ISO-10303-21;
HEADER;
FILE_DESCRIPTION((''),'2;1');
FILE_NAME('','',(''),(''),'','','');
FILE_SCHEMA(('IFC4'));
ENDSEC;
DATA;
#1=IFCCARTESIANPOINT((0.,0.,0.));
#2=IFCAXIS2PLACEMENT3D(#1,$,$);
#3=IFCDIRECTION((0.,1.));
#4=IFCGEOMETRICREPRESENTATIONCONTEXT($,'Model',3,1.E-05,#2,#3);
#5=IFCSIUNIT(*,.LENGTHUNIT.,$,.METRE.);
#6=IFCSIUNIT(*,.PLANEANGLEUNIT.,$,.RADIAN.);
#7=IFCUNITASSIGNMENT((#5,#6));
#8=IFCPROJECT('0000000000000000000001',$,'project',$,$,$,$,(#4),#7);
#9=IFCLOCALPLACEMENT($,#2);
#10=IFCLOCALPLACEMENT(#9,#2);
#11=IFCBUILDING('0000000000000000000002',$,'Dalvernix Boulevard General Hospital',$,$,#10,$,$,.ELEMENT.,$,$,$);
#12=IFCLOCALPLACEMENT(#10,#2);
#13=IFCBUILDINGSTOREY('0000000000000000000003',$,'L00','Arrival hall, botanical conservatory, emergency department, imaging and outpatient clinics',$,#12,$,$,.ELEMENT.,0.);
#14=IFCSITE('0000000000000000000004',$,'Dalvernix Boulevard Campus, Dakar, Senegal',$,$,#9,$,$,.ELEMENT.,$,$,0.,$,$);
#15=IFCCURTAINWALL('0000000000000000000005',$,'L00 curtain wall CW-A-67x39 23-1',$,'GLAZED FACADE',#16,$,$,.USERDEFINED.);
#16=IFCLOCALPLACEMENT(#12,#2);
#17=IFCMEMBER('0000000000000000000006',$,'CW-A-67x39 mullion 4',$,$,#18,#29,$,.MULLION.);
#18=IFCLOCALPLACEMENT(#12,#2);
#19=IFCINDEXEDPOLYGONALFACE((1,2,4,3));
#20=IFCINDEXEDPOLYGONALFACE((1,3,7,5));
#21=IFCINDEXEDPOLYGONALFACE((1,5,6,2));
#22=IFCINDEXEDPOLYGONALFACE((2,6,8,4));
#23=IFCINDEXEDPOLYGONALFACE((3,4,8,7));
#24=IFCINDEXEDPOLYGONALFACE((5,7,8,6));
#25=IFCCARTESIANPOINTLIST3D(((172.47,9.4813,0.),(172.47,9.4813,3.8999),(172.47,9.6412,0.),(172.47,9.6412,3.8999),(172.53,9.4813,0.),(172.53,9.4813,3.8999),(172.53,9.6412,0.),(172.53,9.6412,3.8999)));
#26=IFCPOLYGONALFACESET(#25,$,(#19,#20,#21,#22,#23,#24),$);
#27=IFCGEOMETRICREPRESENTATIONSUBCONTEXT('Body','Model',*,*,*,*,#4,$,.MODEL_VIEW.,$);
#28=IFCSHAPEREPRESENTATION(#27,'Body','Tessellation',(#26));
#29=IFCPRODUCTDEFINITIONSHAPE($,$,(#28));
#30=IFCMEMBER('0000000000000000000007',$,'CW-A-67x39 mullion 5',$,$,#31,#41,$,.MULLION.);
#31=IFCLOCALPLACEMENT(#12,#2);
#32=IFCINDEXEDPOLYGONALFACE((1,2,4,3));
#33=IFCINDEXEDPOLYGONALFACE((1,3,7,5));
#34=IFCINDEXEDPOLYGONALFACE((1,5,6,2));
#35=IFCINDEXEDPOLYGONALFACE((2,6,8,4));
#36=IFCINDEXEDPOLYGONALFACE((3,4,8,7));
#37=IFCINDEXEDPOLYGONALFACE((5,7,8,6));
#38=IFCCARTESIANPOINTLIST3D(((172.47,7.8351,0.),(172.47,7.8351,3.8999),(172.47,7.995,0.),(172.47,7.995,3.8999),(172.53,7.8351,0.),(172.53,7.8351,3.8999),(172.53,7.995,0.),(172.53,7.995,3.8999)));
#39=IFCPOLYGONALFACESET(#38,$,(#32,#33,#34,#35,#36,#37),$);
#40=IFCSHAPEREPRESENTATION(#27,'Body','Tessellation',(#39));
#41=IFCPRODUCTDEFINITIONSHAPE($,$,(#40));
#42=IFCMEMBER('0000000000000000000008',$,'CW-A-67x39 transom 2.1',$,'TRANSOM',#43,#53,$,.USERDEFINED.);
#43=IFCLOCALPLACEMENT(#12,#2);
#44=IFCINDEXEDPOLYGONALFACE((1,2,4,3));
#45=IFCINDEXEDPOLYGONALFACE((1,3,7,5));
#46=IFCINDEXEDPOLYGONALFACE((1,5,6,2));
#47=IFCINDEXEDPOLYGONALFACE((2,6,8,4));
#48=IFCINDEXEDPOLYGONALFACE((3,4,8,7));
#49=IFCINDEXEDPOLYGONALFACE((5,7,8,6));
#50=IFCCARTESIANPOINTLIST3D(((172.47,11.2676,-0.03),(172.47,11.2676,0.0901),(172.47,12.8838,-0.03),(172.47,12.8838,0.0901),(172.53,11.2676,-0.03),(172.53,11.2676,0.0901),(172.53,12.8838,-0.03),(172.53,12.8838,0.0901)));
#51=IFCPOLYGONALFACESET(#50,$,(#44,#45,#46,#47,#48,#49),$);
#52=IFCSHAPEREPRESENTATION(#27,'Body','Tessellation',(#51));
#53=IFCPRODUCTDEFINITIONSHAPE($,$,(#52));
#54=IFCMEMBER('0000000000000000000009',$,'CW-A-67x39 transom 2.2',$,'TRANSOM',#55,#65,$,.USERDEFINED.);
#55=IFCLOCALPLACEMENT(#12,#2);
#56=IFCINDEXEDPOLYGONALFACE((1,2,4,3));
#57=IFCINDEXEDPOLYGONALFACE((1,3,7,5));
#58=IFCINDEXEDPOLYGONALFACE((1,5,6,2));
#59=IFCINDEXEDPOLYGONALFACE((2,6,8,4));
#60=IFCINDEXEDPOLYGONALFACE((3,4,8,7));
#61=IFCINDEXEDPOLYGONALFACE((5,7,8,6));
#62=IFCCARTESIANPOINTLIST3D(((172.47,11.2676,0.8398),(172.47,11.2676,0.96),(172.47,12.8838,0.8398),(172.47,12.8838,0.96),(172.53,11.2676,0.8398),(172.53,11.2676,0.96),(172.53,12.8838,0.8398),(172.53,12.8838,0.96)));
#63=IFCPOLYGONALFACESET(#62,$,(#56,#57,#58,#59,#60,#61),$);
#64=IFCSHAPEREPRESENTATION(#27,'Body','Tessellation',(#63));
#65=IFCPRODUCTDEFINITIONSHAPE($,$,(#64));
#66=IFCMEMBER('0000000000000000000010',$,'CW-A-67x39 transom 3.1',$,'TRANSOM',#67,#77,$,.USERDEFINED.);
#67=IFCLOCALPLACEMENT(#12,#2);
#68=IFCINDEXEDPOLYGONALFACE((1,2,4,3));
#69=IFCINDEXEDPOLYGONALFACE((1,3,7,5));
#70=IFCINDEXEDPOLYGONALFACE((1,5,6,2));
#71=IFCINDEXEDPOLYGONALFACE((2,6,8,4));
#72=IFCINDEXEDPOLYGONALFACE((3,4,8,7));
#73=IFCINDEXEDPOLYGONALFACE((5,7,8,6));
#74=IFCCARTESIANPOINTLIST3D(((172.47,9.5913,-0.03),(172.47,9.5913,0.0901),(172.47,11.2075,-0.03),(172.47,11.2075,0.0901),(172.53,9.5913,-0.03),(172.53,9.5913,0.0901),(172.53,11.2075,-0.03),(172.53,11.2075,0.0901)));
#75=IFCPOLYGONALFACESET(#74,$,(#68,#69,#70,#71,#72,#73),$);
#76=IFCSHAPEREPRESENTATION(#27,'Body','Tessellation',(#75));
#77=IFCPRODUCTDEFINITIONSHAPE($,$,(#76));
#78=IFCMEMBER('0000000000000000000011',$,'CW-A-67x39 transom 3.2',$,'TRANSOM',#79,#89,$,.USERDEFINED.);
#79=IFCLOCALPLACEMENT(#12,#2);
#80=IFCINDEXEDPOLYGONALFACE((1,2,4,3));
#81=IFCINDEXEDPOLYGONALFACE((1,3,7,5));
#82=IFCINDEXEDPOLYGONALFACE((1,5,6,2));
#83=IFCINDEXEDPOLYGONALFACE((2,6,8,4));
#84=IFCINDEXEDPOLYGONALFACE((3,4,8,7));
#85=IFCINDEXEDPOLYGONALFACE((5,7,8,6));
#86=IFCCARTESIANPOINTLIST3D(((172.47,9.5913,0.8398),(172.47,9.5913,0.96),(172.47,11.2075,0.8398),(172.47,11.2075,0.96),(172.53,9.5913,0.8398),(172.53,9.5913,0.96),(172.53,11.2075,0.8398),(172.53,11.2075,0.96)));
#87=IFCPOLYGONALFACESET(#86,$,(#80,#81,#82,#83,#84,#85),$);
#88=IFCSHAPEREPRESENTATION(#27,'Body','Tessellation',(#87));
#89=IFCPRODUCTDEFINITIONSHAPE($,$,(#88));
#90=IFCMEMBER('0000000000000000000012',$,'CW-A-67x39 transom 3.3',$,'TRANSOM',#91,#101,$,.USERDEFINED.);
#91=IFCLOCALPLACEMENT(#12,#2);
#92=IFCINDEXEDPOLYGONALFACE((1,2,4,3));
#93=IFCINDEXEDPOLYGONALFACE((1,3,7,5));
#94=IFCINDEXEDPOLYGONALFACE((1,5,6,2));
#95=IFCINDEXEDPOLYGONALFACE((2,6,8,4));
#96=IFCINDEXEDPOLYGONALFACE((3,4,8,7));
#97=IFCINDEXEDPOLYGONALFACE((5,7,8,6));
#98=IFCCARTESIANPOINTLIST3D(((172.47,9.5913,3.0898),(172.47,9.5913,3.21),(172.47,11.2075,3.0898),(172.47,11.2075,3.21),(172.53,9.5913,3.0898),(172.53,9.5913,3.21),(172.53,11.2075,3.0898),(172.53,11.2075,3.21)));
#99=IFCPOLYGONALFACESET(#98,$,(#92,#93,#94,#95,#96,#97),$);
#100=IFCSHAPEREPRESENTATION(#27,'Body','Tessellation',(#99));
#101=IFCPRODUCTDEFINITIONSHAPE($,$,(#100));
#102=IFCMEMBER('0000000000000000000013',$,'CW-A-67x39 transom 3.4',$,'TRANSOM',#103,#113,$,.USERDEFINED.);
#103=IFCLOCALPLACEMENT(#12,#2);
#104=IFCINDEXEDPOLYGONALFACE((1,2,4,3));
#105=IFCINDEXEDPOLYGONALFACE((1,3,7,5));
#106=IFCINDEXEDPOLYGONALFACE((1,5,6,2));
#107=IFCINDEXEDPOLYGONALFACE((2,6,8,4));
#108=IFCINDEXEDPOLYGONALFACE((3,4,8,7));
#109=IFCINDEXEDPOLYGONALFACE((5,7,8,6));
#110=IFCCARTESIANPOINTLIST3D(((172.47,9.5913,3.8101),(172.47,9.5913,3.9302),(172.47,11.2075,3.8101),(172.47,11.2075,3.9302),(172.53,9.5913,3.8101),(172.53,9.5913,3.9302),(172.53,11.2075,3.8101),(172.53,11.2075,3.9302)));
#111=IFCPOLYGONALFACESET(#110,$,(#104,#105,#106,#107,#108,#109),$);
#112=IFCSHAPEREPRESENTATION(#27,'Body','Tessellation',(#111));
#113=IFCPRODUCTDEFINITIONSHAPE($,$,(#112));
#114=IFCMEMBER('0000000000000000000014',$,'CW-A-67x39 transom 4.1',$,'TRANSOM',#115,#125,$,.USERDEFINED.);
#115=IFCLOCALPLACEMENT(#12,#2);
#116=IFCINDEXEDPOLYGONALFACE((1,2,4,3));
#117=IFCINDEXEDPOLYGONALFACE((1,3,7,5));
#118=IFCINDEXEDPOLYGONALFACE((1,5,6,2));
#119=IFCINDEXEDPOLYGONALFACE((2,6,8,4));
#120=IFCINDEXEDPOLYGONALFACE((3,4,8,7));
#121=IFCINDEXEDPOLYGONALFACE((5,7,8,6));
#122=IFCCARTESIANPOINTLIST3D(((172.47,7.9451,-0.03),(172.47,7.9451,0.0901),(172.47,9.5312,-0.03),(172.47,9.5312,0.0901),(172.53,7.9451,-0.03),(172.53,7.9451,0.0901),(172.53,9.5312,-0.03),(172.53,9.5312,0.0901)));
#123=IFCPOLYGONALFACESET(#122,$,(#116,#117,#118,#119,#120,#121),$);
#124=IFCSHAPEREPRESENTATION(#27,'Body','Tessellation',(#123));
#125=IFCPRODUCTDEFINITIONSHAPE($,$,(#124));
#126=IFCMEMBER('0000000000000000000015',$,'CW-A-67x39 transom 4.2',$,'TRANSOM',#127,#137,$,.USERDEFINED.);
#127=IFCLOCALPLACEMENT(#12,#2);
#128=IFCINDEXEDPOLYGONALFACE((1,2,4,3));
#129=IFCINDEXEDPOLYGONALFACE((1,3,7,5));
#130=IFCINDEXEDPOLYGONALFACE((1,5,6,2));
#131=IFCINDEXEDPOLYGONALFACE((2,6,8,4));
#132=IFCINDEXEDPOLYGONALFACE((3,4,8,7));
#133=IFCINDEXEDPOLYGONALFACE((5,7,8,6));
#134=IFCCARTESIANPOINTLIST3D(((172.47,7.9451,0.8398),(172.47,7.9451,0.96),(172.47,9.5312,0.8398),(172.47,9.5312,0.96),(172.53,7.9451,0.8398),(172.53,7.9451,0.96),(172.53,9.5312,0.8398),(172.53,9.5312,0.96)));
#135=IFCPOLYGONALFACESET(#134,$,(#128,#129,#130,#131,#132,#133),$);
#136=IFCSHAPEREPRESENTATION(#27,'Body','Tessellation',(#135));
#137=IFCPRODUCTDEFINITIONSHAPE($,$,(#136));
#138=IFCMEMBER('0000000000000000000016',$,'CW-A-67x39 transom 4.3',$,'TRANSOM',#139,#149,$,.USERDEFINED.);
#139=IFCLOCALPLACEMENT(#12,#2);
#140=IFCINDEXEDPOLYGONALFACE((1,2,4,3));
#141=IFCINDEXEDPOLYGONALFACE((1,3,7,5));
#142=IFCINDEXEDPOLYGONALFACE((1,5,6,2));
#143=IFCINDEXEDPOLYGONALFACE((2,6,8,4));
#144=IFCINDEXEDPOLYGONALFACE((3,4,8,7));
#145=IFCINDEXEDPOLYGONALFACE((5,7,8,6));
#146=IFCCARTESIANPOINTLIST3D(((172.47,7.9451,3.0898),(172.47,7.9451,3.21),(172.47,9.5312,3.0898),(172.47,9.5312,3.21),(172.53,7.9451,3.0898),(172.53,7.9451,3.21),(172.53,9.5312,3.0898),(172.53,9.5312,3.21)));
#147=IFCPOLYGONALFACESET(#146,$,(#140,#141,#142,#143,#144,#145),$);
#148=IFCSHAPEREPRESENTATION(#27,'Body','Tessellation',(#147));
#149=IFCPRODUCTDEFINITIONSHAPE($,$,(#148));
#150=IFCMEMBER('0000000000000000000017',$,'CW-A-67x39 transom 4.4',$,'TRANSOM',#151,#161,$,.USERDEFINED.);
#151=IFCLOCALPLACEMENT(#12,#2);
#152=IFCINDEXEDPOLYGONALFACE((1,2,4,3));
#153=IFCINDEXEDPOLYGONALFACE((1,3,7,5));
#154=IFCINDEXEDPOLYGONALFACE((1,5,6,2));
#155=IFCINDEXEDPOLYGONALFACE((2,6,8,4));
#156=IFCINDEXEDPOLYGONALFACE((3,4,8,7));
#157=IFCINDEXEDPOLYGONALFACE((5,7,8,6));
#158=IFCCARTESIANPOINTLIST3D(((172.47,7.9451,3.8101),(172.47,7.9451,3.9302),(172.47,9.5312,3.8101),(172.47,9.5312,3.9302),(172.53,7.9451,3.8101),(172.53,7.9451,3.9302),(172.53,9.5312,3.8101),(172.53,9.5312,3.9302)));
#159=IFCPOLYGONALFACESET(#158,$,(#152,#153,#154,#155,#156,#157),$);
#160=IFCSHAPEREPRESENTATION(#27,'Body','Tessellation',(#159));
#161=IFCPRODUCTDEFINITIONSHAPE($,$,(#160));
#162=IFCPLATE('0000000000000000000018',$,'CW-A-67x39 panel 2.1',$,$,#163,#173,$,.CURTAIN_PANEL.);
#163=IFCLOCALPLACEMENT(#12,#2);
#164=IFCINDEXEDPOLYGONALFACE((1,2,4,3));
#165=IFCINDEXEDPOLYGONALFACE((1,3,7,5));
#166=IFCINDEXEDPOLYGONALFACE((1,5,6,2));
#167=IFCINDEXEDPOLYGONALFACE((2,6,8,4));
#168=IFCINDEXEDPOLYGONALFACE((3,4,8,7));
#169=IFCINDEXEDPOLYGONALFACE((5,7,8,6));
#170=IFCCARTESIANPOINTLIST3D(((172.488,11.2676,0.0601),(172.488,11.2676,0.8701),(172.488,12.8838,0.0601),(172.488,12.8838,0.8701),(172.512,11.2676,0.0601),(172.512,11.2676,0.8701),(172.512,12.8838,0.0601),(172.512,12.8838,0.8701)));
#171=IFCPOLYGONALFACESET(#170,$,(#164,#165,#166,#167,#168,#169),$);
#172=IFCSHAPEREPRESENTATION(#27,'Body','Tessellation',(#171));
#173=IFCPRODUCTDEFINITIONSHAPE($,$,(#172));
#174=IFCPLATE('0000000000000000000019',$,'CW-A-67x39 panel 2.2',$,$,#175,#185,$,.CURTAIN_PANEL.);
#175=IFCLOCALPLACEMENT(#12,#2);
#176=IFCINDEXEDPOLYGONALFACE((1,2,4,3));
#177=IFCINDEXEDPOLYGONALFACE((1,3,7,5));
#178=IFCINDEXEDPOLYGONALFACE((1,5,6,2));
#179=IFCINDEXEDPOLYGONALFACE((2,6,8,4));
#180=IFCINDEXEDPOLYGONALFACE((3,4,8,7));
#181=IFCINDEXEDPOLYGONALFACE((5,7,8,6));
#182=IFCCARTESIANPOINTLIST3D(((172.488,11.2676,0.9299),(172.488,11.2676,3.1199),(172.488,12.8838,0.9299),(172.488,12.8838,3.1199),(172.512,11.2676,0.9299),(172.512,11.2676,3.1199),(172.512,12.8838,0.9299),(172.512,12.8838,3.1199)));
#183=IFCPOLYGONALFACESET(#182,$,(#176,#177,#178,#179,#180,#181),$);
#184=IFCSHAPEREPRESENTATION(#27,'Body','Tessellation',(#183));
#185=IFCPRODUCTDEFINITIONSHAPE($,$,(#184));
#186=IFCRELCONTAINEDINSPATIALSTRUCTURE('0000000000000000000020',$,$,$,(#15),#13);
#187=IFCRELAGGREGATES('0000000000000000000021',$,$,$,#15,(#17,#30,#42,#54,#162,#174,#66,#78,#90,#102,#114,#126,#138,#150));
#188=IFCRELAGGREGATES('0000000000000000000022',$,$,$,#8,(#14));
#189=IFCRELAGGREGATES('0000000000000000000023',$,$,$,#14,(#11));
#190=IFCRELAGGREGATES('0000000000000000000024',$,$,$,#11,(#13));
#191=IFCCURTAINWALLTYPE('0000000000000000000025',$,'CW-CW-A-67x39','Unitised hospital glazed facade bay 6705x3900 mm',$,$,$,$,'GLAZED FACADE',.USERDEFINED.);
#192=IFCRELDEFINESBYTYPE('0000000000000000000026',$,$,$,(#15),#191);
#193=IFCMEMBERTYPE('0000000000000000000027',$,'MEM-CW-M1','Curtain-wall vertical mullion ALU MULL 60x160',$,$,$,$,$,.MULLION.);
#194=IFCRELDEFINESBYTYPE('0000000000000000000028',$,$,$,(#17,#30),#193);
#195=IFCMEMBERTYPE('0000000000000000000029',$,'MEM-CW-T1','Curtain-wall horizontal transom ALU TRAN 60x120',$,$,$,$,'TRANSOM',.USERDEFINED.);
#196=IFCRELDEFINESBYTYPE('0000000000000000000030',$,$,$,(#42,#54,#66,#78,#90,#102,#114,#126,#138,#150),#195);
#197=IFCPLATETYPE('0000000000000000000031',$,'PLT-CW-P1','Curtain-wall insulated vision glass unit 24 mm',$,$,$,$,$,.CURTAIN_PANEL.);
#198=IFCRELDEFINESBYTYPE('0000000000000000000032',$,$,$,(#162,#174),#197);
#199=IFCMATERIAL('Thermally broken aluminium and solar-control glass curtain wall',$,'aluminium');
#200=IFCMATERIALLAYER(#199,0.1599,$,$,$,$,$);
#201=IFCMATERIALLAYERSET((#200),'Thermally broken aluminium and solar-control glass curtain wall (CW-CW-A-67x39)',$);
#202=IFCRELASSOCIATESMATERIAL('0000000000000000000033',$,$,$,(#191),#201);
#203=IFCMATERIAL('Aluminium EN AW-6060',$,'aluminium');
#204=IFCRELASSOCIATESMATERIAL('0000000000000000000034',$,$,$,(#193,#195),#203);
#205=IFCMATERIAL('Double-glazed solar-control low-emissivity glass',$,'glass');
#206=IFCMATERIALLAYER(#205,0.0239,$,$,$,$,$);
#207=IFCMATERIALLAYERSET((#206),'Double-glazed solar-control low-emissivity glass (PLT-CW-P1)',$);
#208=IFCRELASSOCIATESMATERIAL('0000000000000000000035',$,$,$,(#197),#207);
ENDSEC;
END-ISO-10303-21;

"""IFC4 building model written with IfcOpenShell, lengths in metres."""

from ifc_helpers import new_model, si_unit, direction, frame, origin, origin_2d, place, context, subcontext, project, spatial, rectangle, extrude, material, layer, layer_set, material_profile, profile_set, type_object, element, aggregate, save


model = new_model("IFC4")

# Units and contexts
model_context = context("Model", 3, precision=1e-05, world=origin(), true_north=direction((0.0, 1.0)))
body_context = subcontext(model_context, "Body", "Model", "MODEL_VIEW")
ifc_project = project(units=[si_unit("LENGTHUNIT", "METRE"), si_unit("PLANEANGLEUNIT", "RADIAN")], contexts=[model_context])

# Site, building, storey
site_placement = place(None, origin())
site = spatial("IfcSite", under=ifc_project, at=site_placement, Name="Dalvernix Boulevard Campus, Dakar, Senegal", CompositionType="ELEMENT", RefElevation=0.0)
building_placement = place(site_placement, origin())
building = spatial("IfcBuilding", under=site, at=building_placement, Name="Dalvernix Boulevard General Hospital", CompositionType="ELEMENT")
storey_placement = place(building_placement, origin())
storey = spatial("IfcBuildingStorey", under=building, at=storey_placement, Name="L00", Description="Arrival hall, botanical conservatory, emergency department, imaging and outpatient clinics", CompositionType="ELEMENT", Elevation=0.0)

# Curtain wall, members, plates
ifc_material_1 = material(Name="Thermally broken aluminium and solar-control glass curtain wall", Category="aluminium")
ifc_layer_1 = layer(ifc_material_1, 0.1599)
ifc_layer_set_1 = layer_set([ifc_layer_1], Name="Thermally broken aluminium and solar-control glass curtain wall (CW-CW-A-67x39)")
curtain_wall_type = type_object("IfcCurtainWallType", Name="CW-CW-A-67x39", Description="Unitised hospital glazed facade bay 6705x3900 mm", ElementType="GLAZED FACADE", PredefinedType="USERDEFINED", material=ifc_layer_set_1)
curtain_wall_placement = place(storey_placement, origin())
curtain_wall = element("IfcCurtainWall", 1, at=curtain_wall_placement, inside=storey, type_object=curtain_wall_type, Name="L00 curtain wall CW-A-67x39 23-1", ObjectType="GLAZED FACADE", PredefinedType="USERDEFINED")
ifc_material_2 = material(Name="Aluminium EN AW-6060", Category="aluminium")
ifc_material_profile_1 = material_profile(ifc_material_2, rectangle(XDim=0.0601, YDim=0.1599, at=origin_2d()), Name="ALU MULL 60x160")
ifc_profile_set_1 = profile_set([ifc_material_profile_1], Name="Aluminium EN AW-6060")
member_type_1 = type_object("IfcMemberType", Name="MEM-CW-M1", Description="Curtain-wall vertical mullion ALU MULL 60x160", PredefinedType="MULLION", material=ifc_profile_set_1)
member_1_placement = place(storey_placement, frame((172.5, 9.5613, 0.0), z_axis=(0.0, 0.0, 1.0), x_axis=(1.0, 0.0, 0.0)))
member_1 = element("IfcMember", 2, at=member_1_placement, type_object=member_type_1, Name="CW-A-67x39 mullion 4", PredefinedType="MULLION", context=body_context, shape_type="SweptSolid", body=[
    extrude(rectangle(XDim=0.0601, YDim=0.1599, at=origin_2d()), origin(), (0.0, 0.0, 1.0), 3.8999),
])
member_2_placement = place(storey_placement, frame((172.5, 7.915, 0.0), z_axis=(0.0, 0.0, 1.0), x_axis=(1.0, 0.0, 0.0)))
member_2 = element("IfcMember", 3, at=member_2_placement, type_object=member_type_1, Name="CW-A-67x39 mullion 5", PredefinedType="MULLION", context=body_context, shape_type="SweptSolid", body=[
    extrude(rectangle(XDim=0.0601, YDim=0.1599, at=origin_2d()), origin(), (0.0, 0.0, 1.0), 3.8999),
])
ifc_material_profile_2 = material_profile(ifc_material_2, rectangle(XDim=0.0601, YDim=0.1201, at=origin_2d()), Name="ALU TRAN 60x120")
ifc_profile_set_2 = profile_set([ifc_material_profile_2], Name="Aluminium EN AW-6060")
member_type_2 = type_object("IfcMemberType", Name="MEM-CW-T1", Description="Curtain-wall horizontal transom ALU TRAN 60x120", ElementType="TRANSOM", PredefinedType="USERDEFINED", material=ifc_profile_set_2)
member_3_placement = place(storey_placement, frame((172.5, 12.8838, 0.03), z_axis=(0.0, -1.0, 0.0), x_axis=(1.0, 0.0, 0.0)))
member_3 = element("IfcMember", 4, at=member_3_placement, type_object=member_type_2, Name="CW-A-67x39 transom 2.1", ObjectType="TRANSOM", PredefinedType="USERDEFINED", context=body_context, shape_type="SweptSolid", body=[
    extrude(rectangle(XDim=0.0601, YDim=0.1201, at=origin_2d()), origin(), (0.0, 0.0, 1.0), 1.6162),
])
member_4_placement = place(storey_placement, frame((172.5, 12.8838, 0.8999), z_axis=(0.0, -1.0, 0.0), x_axis=(1.0, 0.0, 0.0)))
member_4 = element("IfcMember", 5, at=member_4_placement, type_object=member_type_2, Name="CW-A-67x39 transom 2.2", ObjectType="TRANSOM", PredefinedType="USERDEFINED", context=body_context, shape_type="SweptSolid", body=[
    extrude(rectangle(XDim=0.0601, YDim=0.1201, at=origin_2d()), origin(), (0.0, 0.0, 1.0), 1.6162),
])
member_5_placement = place(storey_placement, frame((172.5, 11.2075, 0.03), z_axis=(0.0, -1.0, 0.0), x_axis=(1.0, 0.0, 0.0)))
member_5 = element("IfcMember", 6, at=member_5_placement, type_object=member_type_2, Name="CW-A-67x39 transom 3.1", ObjectType="TRANSOM", PredefinedType="USERDEFINED", context=body_context, shape_type="SweptSolid", body=[
    extrude(rectangle(XDim=0.0601, YDim=0.1201, at=origin_2d()), origin(), (0.0, 0.0, 1.0), 1.6162),
])
member_6_placement = place(storey_placement, frame((172.5, 11.2075, 0.8999), z_axis=(0.0, -1.0, 0.0), x_axis=(1.0, 0.0, 0.0)))
member_6 = element("IfcMember", 7, at=member_6_placement, type_object=member_type_2, Name="CW-A-67x39 transom 3.2", ObjectType="TRANSOM", PredefinedType="USERDEFINED", context=body_context, shape_type="SweptSolid", body=[
    extrude(rectangle(XDim=0.0601, YDim=0.1201, at=origin_2d()), origin(), (0.0, 0.0, 1.0), 1.6162),
])
member_7_placement = place(storey_placement, frame((172.5, 11.2075, 3.1499), z_axis=(0.0, -1.0, 0.0), x_axis=(1.0, 0.0, 0.0)))
member_7 = element("IfcMember", 8, at=member_7_placement, type_object=member_type_2, Name="CW-A-67x39 transom 3.3", ObjectType="TRANSOM", PredefinedType="USERDEFINED", context=body_context, shape_type="SweptSolid", body=[
    extrude(rectangle(XDim=0.0601, YDim=0.1201, at=origin_2d()), origin(), (0.0, 0.0, 1.0), 1.6162),
])
member_8_placement = place(storey_placement, frame((172.5, 11.2075, 3.8701), z_axis=(0.0, -1.0, 0.0), x_axis=(1.0, 0.0, 0.0)))
member_8 = element("IfcMember", 9, at=member_8_placement, type_object=member_type_2, Name="CW-A-67x39 transom 3.4", ObjectType="TRANSOM", PredefinedType="USERDEFINED", context=body_context, shape_type="SweptSolid", body=[
    extrude(rectangle(XDim=0.0601, YDim=0.1201, at=origin_2d()), origin(), (0.0, 0.0, 1.0), 1.6162),
])
member_9_placement = place(storey_placement, frame((172.5, 9.5312, 0.03), z_axis=(0.0, -1.0, 0.0), x_axis=(1.0, 0.0, 0.0)))
member_9 = element("IfcMember", 10, at=member_9_placement, type_object=member_type_2, Name="CW-A-67x39 transom 4.1", ObjectType="TRANSOM", PredefinedType="USERDEFINED", context=body_context, shape_type="SweptSolid", body=[
    extrude(rectangle(XDim=0.0601, YDim=0.1201, at=origin_2d()), origin(), (0.0, 0.0, 1.0), 1.5862),
])
member_10_placement = place(storey_placement, frame((172.5, 9.5312, 0.8999), z_axis=(0.0, -1.0, 0.0), x_axis=(1.0, 0.0, 0.0)))
member_10 = element("IfcMember", 11, at=member_10_placement, type_object=member_type_2, Name="CW-A-67x39 transom 4.2", ObjectType="TRANSOM", PredefinedType="USERDEFINED", context=body_context, shape_type="SweptSolid", body=[
    extrude(rectangle(XDim=0.0601, YDim=0.1201, at=origin_2d()), origin(), (0.0, 0.0, 1.0), 1.5862),
])
member_11_placement = place(storey_placement, frame((172.5, 9.5312, 3.1499), z_axis=(0.0, -1.0, 0.0), x_axis=(1.0, 0.0, 0.0)))
member_11 = element("IfcMember", 12, at=member_11_placement, type_object=member_type_2, Name="CW-A-67x39 transom 4.3", ObjectType="TRANSOM", PredefinedType="USERDEFINED", context=body_context, shape_type="SweptSolid", body=[
    extrude(rectangle(XDim=0.0601, YDim=0.1201, at=origin_2d()), origin(), (0.0, 0.0, 1.0), 1.5862),
])
member_12_placement = place(storey_placement, frame((172.5, 9.5312, 3.8701), z_axis=(0.0, -1.0, 0.0), x_axis=(1.0, 0.0, 0.0)))
member_12 = element("IfcMember", 13, at=member_12_placement, type_object=member_type_2, Name="CW-A-67x39 transom 4.4", ObjectType="TRANSOM", PredefinedType="USERDEFINED", context=body_context, shape_type="SweptSolid", body=[
    extrude(rectangle(XDim=0.0601, YDim=0.1201, at=origin_2d()), origin(), (0.0, 0.0, 1.0), 1.5862),
])
ifc_material_3 = material(Name="Double-glazed solar-control low-emissivity glass", Category="glass")
ifc_layer_2 = layer(ifc_material_3, 0.0239)
ifc_layer_set_2 = layer_set([ifc_layer_2], Name="Double-glazed solar-control low-emissivity glass (PLT-CW-P1)")
plate_type = type_object("IfcPlateType", Name="PLT-CW-P1", Description="Curtain-wall insulated vision glass unit 24 mm", PredefinedType="CURTAIN_PANEL", material=ifc_layer_set_2)
plate_1_placement = place(storey_placement, frame((172.5, 12.0757, 0.0601), z_axis=(0.0, 0.0, 1.0), x_axis=(0.0, -1.0, 0.0)))
plate_1 = element("IfcPlate", 14, at=plate_1_placement, type_object=plate_type, Name="CW-A-67x39 panel 2.1", PredefinedType="CURTAIN_PANEL", context=body_context, shape_type="SweptSolid", body=[
    extrude(rectangle(XDim=1.6162, YDim=0.0239, at=origin_2d()), origin(), (0.0, 0.0, 1.0), 0.8101),
])
plate_2_placement = place(storey_placement, frame((172.5, 12.0757, 0.9299), z_axis=(0.0, 0.0, 1.0), x_axis=(0.0, -1.0, 0.0)))
plate_2 = element("IfcPlate", 15, at=plate_2_placement, type_object=plate_type, Name="CW-A-67x39 panel 2.2", PredefinedType="CURTAIN_PANEL", context=body_context, shape_type="SweptSolid", body=[
    extrude(rectangle(XDim=1.6162, YDim=0.0239, at=origin_2d()), origin(), (0.0, 0.0, 1.0), 2.1899),
])
aggregate(curtain_wall, [member_1, member_2, member_3, member_4, plate_1, plate_2, member_5, member_6, member_7, member_8, member_9, member_10, member_11, member_12])

save(model, "model.ifc")
